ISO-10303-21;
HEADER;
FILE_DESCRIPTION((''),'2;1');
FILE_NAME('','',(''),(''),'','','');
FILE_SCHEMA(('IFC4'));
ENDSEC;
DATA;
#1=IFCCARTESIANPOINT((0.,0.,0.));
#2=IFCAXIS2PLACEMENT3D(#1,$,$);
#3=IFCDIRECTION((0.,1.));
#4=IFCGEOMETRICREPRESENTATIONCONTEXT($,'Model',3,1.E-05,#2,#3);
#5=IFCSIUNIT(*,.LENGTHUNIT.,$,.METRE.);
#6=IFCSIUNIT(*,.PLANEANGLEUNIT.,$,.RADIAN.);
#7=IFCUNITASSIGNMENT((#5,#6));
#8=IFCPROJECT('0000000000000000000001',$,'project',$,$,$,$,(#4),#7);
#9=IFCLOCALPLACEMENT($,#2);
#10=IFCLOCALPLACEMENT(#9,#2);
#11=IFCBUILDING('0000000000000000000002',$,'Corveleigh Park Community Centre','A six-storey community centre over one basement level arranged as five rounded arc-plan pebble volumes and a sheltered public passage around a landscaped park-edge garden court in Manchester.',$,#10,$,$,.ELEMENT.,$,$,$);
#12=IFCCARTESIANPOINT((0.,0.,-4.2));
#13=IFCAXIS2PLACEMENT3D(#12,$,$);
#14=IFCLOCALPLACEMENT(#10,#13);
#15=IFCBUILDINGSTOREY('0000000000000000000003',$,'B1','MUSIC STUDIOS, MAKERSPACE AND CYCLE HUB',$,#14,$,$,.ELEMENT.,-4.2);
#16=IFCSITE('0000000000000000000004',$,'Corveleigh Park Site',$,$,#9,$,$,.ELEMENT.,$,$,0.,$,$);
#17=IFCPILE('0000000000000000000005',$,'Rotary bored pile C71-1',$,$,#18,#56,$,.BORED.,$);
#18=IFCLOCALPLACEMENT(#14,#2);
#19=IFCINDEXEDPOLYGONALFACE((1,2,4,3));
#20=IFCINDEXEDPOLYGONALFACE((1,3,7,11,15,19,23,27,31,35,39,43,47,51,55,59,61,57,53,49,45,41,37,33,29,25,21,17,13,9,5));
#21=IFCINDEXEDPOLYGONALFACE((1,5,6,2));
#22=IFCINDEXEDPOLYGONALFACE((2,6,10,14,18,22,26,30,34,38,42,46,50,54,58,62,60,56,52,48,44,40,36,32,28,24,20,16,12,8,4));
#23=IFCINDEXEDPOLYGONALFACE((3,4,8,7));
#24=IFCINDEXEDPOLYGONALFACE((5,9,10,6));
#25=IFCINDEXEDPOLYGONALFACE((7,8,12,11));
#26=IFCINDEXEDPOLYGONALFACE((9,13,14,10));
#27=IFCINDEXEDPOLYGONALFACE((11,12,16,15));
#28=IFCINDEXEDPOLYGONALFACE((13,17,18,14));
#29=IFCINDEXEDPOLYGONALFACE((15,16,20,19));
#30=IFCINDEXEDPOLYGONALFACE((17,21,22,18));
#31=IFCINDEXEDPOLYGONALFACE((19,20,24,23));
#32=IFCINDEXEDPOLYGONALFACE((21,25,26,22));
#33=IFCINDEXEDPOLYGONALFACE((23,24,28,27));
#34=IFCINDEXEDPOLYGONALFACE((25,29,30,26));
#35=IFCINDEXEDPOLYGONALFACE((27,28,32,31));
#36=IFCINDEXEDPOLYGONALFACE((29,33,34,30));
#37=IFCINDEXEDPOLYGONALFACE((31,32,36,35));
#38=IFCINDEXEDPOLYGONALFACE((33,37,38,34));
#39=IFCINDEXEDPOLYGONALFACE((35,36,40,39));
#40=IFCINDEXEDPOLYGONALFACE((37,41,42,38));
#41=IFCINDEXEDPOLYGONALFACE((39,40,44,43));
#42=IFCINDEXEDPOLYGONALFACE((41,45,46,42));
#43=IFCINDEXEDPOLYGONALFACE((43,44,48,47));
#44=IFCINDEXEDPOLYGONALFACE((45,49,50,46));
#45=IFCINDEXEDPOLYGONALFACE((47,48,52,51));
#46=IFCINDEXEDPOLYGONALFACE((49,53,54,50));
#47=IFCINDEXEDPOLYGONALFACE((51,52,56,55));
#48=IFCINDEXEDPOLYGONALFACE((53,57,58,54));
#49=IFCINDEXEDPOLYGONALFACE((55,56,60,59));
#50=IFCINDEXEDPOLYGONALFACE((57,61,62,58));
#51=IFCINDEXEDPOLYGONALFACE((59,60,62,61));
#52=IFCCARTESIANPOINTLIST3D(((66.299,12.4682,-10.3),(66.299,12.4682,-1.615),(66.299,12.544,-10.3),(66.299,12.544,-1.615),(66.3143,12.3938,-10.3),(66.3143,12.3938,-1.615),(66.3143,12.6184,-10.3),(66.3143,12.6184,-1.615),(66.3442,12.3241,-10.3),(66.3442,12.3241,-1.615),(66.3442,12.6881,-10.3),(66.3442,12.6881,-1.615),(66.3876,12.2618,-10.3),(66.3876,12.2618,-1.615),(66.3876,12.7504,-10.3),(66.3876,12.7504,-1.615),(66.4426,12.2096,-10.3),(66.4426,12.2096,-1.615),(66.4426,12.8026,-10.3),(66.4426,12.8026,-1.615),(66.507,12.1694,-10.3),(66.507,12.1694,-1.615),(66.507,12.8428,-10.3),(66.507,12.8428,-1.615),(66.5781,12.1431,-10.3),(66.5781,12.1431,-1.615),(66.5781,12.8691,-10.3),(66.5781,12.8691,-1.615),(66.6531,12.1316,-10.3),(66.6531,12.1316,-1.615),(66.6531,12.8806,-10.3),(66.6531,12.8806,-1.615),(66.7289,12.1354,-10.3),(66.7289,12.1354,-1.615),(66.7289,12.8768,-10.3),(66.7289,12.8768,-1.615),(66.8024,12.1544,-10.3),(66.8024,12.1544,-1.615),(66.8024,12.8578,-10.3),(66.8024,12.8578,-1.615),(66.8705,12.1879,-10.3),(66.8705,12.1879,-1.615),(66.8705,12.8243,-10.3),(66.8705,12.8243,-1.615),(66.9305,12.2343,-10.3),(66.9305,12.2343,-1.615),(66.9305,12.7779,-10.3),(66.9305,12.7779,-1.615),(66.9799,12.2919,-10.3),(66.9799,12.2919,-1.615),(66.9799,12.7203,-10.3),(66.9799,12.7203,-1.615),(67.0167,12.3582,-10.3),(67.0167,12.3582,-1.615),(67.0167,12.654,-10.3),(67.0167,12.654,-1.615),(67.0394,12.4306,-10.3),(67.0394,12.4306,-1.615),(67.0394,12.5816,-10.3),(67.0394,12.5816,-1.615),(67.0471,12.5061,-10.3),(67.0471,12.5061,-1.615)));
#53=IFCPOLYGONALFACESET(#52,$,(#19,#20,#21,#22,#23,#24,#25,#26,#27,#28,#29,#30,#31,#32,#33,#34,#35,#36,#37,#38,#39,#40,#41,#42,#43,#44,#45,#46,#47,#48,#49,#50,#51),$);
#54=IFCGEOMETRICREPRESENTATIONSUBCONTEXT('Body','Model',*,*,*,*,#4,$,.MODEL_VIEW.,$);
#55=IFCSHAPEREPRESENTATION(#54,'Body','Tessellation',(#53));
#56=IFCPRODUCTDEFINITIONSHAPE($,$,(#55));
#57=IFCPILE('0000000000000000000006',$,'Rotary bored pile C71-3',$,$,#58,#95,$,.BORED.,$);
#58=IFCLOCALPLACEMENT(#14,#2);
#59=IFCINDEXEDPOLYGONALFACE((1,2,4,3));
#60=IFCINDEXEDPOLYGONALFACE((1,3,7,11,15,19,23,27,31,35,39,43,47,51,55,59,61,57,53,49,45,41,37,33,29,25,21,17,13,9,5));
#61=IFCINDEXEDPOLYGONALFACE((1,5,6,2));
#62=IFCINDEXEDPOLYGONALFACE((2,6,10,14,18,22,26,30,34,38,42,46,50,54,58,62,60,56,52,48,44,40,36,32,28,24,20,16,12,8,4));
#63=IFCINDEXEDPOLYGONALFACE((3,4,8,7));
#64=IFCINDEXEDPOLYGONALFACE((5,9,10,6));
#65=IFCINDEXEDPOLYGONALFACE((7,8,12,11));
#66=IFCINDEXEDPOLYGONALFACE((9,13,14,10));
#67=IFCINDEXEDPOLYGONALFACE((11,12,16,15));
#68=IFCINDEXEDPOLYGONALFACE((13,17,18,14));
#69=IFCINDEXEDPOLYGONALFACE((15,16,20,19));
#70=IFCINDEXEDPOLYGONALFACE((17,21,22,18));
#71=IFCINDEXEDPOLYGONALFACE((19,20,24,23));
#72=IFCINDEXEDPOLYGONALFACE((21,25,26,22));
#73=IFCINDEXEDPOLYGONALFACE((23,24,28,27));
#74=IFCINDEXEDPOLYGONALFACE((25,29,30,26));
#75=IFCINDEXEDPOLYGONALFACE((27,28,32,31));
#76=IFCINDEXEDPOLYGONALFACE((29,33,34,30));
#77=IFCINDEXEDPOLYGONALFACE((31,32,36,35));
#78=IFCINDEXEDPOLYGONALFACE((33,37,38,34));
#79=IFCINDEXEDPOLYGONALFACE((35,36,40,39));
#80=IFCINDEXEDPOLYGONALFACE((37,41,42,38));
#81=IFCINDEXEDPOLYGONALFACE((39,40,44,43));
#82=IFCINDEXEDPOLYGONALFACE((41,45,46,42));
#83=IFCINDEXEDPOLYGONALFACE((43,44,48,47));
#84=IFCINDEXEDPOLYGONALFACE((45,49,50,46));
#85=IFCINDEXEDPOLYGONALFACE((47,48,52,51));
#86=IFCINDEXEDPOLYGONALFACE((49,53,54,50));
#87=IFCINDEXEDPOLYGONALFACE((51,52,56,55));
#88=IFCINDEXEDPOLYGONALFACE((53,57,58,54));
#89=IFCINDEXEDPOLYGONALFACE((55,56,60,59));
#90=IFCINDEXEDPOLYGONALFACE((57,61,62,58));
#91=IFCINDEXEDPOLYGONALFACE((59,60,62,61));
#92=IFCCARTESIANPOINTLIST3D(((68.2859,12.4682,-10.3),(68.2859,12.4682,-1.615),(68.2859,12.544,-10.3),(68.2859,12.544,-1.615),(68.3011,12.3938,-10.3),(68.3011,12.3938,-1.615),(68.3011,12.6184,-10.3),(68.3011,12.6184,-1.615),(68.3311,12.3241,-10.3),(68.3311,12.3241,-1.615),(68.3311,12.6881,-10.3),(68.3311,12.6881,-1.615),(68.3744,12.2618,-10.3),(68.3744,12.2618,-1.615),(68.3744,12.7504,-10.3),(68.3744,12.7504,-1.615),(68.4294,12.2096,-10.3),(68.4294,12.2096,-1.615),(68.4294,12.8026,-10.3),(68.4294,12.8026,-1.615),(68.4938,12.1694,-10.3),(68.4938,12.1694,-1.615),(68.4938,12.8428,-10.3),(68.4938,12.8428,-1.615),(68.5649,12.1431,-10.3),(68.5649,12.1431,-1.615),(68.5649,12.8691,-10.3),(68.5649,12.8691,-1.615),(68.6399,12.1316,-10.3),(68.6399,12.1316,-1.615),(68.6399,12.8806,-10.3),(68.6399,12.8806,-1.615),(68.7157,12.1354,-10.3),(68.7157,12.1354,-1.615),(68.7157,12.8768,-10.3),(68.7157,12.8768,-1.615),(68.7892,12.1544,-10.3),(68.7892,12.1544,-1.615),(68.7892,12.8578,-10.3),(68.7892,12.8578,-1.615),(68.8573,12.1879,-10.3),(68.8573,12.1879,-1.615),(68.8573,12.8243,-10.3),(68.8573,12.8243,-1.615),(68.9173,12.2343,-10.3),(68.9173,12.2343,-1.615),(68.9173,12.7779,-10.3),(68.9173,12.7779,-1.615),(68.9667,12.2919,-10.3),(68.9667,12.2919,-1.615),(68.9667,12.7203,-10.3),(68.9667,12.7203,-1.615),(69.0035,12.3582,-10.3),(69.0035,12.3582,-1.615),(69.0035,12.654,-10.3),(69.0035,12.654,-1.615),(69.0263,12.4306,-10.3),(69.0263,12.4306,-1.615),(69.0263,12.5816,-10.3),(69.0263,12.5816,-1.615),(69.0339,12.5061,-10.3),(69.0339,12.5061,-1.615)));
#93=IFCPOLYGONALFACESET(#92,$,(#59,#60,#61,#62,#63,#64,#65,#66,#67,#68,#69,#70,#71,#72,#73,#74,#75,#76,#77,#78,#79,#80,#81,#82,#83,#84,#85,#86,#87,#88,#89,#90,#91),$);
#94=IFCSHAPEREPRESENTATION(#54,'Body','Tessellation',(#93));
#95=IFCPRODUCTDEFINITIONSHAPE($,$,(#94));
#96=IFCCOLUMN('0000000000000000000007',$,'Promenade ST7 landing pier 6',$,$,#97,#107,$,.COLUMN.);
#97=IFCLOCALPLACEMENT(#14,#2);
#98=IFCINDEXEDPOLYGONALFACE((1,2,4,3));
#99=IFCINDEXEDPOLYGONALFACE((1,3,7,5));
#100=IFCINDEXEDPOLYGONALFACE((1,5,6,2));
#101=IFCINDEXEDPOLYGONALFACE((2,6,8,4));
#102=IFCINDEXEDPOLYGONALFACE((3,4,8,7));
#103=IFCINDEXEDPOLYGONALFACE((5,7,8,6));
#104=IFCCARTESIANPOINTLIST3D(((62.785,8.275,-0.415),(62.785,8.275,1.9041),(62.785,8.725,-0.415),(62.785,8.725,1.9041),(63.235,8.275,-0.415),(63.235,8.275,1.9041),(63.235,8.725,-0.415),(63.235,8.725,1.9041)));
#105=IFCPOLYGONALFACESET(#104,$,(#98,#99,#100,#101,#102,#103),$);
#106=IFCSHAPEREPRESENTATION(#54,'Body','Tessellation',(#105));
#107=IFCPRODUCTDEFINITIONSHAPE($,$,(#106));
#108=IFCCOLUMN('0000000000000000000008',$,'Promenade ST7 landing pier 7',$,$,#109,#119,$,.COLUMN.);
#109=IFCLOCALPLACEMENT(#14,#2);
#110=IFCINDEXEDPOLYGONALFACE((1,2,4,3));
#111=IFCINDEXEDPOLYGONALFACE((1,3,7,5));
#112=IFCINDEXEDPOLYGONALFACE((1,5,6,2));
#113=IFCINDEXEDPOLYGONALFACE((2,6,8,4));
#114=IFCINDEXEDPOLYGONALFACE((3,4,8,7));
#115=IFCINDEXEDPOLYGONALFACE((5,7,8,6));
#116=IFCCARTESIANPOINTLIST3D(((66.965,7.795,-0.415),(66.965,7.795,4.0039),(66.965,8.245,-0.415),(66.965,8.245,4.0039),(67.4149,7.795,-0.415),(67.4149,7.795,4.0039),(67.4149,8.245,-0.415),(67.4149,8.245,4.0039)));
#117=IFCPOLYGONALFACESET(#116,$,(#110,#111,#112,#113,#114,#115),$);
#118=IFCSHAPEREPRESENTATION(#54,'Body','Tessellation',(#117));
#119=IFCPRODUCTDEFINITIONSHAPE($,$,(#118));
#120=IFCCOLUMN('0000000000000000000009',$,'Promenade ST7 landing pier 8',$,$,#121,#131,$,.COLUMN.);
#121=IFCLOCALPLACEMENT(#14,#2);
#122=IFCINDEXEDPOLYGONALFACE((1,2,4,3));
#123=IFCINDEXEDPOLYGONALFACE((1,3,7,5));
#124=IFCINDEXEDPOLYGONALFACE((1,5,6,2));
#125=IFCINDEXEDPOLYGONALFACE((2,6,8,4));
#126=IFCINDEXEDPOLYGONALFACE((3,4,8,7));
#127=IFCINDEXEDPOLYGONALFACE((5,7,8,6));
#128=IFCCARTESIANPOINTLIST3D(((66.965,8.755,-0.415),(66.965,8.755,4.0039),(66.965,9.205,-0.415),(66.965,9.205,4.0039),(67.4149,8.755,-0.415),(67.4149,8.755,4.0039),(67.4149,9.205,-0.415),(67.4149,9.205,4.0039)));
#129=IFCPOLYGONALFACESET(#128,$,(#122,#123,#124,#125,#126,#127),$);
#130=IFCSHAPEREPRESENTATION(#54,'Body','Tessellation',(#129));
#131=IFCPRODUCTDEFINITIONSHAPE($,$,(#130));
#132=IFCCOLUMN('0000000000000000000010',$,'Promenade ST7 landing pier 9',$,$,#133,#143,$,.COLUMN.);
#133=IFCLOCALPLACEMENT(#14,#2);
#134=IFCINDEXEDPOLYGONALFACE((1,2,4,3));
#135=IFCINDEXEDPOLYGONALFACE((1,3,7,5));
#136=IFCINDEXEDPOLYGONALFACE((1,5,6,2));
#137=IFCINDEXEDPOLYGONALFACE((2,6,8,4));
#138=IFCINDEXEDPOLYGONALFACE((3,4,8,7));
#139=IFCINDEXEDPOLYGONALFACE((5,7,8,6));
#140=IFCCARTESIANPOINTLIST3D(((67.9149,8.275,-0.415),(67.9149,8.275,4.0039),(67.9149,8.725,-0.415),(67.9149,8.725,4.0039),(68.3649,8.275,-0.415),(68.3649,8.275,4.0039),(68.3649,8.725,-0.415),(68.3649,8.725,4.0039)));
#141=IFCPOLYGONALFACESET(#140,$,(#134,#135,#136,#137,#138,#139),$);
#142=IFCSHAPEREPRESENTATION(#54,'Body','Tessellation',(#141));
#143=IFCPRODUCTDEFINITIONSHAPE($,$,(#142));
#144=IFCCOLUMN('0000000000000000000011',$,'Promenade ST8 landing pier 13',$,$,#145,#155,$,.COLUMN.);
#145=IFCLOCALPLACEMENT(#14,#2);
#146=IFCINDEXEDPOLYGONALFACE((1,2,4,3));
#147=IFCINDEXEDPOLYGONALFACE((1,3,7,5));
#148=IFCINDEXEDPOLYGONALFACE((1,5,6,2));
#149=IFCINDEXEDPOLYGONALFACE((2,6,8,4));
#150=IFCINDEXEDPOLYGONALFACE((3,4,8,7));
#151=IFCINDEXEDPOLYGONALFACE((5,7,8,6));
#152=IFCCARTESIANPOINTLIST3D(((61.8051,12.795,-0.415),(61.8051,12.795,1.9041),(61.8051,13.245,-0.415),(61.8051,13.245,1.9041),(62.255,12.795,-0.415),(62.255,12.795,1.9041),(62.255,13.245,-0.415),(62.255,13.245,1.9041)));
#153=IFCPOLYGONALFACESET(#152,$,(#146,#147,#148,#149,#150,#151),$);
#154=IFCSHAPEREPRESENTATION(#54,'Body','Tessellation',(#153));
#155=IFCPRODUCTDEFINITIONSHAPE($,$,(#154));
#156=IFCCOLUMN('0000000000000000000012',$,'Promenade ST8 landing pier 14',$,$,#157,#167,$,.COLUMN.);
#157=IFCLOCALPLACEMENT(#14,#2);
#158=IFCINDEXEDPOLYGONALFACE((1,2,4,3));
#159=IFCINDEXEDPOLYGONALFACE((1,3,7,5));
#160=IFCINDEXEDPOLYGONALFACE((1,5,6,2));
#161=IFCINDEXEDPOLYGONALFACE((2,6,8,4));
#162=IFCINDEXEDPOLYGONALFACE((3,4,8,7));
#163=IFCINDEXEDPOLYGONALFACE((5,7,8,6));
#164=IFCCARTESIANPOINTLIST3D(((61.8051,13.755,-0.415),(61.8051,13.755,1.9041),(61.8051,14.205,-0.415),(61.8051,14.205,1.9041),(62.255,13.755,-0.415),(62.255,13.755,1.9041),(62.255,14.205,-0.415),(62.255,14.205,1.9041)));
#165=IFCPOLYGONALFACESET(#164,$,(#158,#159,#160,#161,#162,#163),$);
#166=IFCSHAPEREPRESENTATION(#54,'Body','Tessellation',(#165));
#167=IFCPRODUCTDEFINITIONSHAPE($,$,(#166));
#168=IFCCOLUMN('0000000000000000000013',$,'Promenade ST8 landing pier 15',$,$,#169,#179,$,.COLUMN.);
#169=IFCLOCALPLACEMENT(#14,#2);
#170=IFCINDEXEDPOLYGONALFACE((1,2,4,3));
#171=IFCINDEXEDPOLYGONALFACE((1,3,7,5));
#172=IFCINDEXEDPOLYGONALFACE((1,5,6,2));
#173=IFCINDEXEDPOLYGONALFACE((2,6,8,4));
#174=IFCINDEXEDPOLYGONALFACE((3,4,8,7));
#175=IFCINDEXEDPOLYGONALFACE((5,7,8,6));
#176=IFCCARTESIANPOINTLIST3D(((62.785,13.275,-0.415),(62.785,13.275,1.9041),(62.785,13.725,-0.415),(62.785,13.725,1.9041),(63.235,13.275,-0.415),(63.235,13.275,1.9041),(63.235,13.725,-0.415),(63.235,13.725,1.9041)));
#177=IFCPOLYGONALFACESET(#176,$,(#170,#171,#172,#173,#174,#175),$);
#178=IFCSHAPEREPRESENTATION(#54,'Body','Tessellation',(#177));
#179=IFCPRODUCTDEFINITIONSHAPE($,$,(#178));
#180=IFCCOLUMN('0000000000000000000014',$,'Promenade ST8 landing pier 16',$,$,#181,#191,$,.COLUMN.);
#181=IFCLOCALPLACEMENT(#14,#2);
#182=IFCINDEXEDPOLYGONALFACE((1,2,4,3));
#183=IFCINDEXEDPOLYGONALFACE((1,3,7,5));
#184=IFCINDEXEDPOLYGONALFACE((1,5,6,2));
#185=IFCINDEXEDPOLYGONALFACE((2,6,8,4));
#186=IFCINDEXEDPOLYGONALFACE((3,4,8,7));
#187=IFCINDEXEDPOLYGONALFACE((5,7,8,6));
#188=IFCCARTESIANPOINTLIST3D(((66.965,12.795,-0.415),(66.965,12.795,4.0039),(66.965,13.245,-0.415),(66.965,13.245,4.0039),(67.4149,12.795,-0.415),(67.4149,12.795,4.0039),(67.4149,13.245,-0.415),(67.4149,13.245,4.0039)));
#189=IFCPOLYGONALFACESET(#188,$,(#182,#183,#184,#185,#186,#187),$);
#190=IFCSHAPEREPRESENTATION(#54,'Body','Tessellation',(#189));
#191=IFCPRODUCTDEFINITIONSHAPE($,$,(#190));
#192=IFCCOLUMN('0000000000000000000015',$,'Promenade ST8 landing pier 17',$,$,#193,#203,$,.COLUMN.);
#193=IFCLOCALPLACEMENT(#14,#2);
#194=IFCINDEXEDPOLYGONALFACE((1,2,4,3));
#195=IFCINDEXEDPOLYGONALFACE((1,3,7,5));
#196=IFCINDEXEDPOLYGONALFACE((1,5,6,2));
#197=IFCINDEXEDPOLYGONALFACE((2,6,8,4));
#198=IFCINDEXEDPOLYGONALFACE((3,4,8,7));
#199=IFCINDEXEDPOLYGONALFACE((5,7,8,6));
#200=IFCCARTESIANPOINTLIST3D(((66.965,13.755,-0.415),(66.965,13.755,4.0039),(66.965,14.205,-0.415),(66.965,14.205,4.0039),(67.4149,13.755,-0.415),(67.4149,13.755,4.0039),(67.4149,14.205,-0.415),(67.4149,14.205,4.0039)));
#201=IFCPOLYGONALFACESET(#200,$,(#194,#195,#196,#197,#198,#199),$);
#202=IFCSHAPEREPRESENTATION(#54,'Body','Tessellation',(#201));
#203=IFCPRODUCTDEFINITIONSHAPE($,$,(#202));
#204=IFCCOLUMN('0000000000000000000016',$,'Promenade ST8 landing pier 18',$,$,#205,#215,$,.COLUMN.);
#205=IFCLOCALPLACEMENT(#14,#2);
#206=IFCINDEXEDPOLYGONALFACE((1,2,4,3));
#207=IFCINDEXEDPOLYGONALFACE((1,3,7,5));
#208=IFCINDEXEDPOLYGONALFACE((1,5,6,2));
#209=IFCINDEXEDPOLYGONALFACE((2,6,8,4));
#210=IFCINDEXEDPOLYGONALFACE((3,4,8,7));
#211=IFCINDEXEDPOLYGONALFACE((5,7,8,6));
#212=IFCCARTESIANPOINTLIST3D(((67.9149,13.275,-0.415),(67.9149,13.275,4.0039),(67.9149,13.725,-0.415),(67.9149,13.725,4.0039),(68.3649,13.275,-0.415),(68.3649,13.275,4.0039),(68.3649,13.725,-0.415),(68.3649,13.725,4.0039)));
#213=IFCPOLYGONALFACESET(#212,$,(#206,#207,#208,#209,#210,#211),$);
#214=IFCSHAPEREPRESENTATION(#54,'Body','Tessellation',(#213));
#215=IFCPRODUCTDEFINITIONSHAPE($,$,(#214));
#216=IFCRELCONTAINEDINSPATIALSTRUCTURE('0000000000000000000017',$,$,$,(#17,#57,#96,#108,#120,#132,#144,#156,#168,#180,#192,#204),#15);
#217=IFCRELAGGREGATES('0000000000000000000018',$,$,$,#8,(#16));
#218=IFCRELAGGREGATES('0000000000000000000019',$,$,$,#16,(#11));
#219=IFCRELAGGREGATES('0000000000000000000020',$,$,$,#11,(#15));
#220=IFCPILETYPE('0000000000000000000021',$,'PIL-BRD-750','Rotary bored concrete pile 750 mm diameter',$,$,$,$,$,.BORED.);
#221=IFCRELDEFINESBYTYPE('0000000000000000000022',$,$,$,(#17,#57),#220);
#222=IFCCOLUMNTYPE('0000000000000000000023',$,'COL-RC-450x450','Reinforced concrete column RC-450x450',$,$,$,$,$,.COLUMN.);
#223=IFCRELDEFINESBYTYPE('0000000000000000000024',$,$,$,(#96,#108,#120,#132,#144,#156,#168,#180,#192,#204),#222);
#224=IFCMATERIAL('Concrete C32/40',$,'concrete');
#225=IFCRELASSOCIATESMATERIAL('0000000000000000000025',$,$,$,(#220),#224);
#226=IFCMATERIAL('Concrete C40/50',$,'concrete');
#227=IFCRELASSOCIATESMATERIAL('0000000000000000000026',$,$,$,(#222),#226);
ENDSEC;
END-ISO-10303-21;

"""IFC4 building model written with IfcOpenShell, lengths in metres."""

from ifc_helpers import new_model, si_unit, direction, frame, origin, origin_2d, place, context, subcontext, project, spatial, rectangle, circle, extrude, material, material_profile, profile_set, type_object, element, save


model = new_model("IFC4")

# Units and contexts
model_context = context("Model", 3, precision=1e-05, world=origin(), true_north=direction((0.0, 1.0)))
body_context = subcontext(model_context, "Body", "Model", "MODEL_VIEW")
ifc_project = project(units=[si_unit("LENGTHUNIT", "METRE"), si_unit("PLANEANGLEUNIT", "RADIAN")], contexts=[model_context])

# Site, building, storey
site_placement = place(None, origin())
site = spatial("IfcSite", under=ifc_project, at=site_placement, Name="Corveleigh Park Site", CompositionType="ELEMENT", RefElevation=0.0)
building_placement = place(site_placement, origin())
building = spatial("IfcBuilding", under=site, at=building_placement, Name="Corveleigh Park Community Centre", Description="A six-storey community centre over one basement level arranged as five rounded arc-plan pebble volumes and a sheltered public passage around a landscaped park-edge garden court in Manchester.", CompositionType="ELEMENT")
storey_placement = place(building_placement, frame((0.0, 0.0, -4.2)))
storey = spatial("IfcBuildingStorey", under=building, at=storey_placement, Name="B1", Description="MUSIC STUDIOS, MAKERSPACE AND CYCLE HUB", CompositionType="ELEMENT", Elevation=-4.2)

# Shared definitions
ifc_material_1 = material(Name="Concrete C40/50", Category="concrete")

# Piles
ifc_material_2 = material(Name="Concrete C32/40", Category="concrete")
ifc_material_profile_1 = material_profile(ifc_material_2, circle(Radius=0.375, at=origin_2d()), Name="BORED-PILE-750", Category="concrete")
ifc_profile_set_1 = profile_set([ifc_material_profile_1], Name="Concrete C32/40")
pile_type = type_object("IfcPileType", Name="PIL-BRD-750", Description="Rotary bored concrete pile 750 mm diameter", PredefinedType="BORED", material=ifc_profile_set_1)
for number, where, z_axis, x_axis, name in (
    (1, (66.6721, 12.5061, -1.615), (0.0, 0.0, -1.0), (1.0, 0.0, 0.0), "Rotary bored pile C71-1"),
    (2, (68.6589, 12.5061, -1.615), (0.0, 0.0, -1.0), (1.0, 0.0, 0.0), "Rotary bored pile C71-3"),
):
    element("IfcPile", number, at=place(storey_placement, frame(where, z_axis=z_axis, x_axis=x_axis)), inside=storey, type_object=pile_type, Name=name, PredefinedType="BORED", context=body_context, shape_type="SweptSolid", body=[
        extrude(circle(Radius=0.375, at=origin_2d()), origin(), (0.0, 0.0, 1.0), 8.6851),
    ])

# Columns
ifc_material_profile_2 = material_profile(ifc_material_1, rectangle(XDim=0.45, YDim=0.45, at=origin_2d()), Name="RC-450x450", Category="concrete")
ifc_profile_set_2 = profile_set([ifc_material_profile_2], Name="Concrete C40/50")
column_type = type_object("IfcColumnType", Name="COL-RC-450x450", Description="Reinforced concrete column RC-450x450", PredefinedType="COLUMN", material=ifc_profile_set_2)
column_placement = place(storey_placement, frame((63.01, 8.5, -0.415), z_axis=(0.0, 0.0, 1.0), x_axis=(1.0, 0.0, 0.0)))
element("IfcColumn", 3, at=column_placement, inside=storey, type_object=column_type, Name="Promenade ST7 landing pier 6", PredefinedType="COLUMN", context=body_context, shape_type="SweptSolid", body=[
    extrude(rectangle(XDim=0.45, YDim=0.45, at=origin_2d()), origin(), (0.0, 0.0, 1.0), 2.3191),
])
for number, where, z_axis, x_axis, name in (
    (4, (67.1899, 8.02, -0.415), (0.0, 0.0, 1.0), (1.0, 0.0, 0.0), "Promenade ST7 landing pier 7"),
    (5, (67.1899, 8.98, -0.415), (0.0, 0.0, 1.0), (1.0, 0.0, 0.0), "Promenade ST7 landing pier 8"),
    (6, (68.1399, 8.5, -0.415), (0.0, 0.0, 1.0), (1.0, 0.0, 0.0), "Promenade ST7 landing pier 9"),
):
    element("IfcColumn", number, at=place(storey_placement, frame(where, z_axis=z_axis, x_axis=x_axis)), inside=storey, type_object=column_type, Name=name, PredefinedType="COLUMN", context=body_context, shape_type="SweptSolid", body=[
        extrude(rectangle(XDim=0.45, YDim=0.45, at=origin_2d()), origin(), (0.0, 0.0, 1.0), 4.4189),
    ])
for number, where, z_axis, x_axis, name in (
    (7, (62.03, 13.02, -0.415), (0.0, 0.0, 1.0), (1.0, 0.0, 0.0), "Promenade ST8 landing pier 13"),
    (8, (62.03, 13.98, -0.415), (0.0, 0.0, 1.0), (1.0, 0.0, 0.0), "Promenade ST8 landing pier 14"),
    (9, (63.01, 13.5, -0.415), (0.0, 0.0, 1.0), (1.0, 0.0, 0.0), "Promenade ST8 landing pier 15"),
):
    element("IfcColumn", number, at=place(storey_placement, frame(where, z_axis=z_axis, x_axis=x_axis)), inside=storey, type_object=column_type, Name=name, PredefinedType="COLUMN", context=body_context, shape_type="SweptSolid", body=[
        extrude(rectangle(XDim=0.45, YDim=0.45, at=origin_2d()), origin(), (0.0, 0.0, 1.0), 2.3191),
    ])
for number, where, z_axis, x_axis, name in (
    (10, (67.1899, 13.02, -0.415), (0.0, 0.0, 1.0), (1.0, 0.0, 0.0), "Promenade ST8 landing pier 16"),
    (11, (67.1899, 13.98, -0.415), (0.0, 0.0, 1.0), (1.0, 0.0, 0.0), "Promenade ST8 landing pier 17"),
    (12, (68.1399, 13.5, -0.415), (0.0, 0.0, 1.0), (1.0, 0.0, 0.0), "Promenade ST8 landing pier 18"),
):
    element("IfcColumn", number, at=place(storey_placement, frame(where, z_axis=z_axis, x_axis=x_axis)), inside=storey, type_object=column_type, Name=name, PredefinedType="COLUMN", context=body_context, shape_type="SweptSolid", body=[
        extrude(rectangle(XDim=0.45, YDim=0.45, at=origin_2d()), origin(), (0.0, 0.0, 1.0), 4.4189),
    ])

save(model, "model.ifc")
